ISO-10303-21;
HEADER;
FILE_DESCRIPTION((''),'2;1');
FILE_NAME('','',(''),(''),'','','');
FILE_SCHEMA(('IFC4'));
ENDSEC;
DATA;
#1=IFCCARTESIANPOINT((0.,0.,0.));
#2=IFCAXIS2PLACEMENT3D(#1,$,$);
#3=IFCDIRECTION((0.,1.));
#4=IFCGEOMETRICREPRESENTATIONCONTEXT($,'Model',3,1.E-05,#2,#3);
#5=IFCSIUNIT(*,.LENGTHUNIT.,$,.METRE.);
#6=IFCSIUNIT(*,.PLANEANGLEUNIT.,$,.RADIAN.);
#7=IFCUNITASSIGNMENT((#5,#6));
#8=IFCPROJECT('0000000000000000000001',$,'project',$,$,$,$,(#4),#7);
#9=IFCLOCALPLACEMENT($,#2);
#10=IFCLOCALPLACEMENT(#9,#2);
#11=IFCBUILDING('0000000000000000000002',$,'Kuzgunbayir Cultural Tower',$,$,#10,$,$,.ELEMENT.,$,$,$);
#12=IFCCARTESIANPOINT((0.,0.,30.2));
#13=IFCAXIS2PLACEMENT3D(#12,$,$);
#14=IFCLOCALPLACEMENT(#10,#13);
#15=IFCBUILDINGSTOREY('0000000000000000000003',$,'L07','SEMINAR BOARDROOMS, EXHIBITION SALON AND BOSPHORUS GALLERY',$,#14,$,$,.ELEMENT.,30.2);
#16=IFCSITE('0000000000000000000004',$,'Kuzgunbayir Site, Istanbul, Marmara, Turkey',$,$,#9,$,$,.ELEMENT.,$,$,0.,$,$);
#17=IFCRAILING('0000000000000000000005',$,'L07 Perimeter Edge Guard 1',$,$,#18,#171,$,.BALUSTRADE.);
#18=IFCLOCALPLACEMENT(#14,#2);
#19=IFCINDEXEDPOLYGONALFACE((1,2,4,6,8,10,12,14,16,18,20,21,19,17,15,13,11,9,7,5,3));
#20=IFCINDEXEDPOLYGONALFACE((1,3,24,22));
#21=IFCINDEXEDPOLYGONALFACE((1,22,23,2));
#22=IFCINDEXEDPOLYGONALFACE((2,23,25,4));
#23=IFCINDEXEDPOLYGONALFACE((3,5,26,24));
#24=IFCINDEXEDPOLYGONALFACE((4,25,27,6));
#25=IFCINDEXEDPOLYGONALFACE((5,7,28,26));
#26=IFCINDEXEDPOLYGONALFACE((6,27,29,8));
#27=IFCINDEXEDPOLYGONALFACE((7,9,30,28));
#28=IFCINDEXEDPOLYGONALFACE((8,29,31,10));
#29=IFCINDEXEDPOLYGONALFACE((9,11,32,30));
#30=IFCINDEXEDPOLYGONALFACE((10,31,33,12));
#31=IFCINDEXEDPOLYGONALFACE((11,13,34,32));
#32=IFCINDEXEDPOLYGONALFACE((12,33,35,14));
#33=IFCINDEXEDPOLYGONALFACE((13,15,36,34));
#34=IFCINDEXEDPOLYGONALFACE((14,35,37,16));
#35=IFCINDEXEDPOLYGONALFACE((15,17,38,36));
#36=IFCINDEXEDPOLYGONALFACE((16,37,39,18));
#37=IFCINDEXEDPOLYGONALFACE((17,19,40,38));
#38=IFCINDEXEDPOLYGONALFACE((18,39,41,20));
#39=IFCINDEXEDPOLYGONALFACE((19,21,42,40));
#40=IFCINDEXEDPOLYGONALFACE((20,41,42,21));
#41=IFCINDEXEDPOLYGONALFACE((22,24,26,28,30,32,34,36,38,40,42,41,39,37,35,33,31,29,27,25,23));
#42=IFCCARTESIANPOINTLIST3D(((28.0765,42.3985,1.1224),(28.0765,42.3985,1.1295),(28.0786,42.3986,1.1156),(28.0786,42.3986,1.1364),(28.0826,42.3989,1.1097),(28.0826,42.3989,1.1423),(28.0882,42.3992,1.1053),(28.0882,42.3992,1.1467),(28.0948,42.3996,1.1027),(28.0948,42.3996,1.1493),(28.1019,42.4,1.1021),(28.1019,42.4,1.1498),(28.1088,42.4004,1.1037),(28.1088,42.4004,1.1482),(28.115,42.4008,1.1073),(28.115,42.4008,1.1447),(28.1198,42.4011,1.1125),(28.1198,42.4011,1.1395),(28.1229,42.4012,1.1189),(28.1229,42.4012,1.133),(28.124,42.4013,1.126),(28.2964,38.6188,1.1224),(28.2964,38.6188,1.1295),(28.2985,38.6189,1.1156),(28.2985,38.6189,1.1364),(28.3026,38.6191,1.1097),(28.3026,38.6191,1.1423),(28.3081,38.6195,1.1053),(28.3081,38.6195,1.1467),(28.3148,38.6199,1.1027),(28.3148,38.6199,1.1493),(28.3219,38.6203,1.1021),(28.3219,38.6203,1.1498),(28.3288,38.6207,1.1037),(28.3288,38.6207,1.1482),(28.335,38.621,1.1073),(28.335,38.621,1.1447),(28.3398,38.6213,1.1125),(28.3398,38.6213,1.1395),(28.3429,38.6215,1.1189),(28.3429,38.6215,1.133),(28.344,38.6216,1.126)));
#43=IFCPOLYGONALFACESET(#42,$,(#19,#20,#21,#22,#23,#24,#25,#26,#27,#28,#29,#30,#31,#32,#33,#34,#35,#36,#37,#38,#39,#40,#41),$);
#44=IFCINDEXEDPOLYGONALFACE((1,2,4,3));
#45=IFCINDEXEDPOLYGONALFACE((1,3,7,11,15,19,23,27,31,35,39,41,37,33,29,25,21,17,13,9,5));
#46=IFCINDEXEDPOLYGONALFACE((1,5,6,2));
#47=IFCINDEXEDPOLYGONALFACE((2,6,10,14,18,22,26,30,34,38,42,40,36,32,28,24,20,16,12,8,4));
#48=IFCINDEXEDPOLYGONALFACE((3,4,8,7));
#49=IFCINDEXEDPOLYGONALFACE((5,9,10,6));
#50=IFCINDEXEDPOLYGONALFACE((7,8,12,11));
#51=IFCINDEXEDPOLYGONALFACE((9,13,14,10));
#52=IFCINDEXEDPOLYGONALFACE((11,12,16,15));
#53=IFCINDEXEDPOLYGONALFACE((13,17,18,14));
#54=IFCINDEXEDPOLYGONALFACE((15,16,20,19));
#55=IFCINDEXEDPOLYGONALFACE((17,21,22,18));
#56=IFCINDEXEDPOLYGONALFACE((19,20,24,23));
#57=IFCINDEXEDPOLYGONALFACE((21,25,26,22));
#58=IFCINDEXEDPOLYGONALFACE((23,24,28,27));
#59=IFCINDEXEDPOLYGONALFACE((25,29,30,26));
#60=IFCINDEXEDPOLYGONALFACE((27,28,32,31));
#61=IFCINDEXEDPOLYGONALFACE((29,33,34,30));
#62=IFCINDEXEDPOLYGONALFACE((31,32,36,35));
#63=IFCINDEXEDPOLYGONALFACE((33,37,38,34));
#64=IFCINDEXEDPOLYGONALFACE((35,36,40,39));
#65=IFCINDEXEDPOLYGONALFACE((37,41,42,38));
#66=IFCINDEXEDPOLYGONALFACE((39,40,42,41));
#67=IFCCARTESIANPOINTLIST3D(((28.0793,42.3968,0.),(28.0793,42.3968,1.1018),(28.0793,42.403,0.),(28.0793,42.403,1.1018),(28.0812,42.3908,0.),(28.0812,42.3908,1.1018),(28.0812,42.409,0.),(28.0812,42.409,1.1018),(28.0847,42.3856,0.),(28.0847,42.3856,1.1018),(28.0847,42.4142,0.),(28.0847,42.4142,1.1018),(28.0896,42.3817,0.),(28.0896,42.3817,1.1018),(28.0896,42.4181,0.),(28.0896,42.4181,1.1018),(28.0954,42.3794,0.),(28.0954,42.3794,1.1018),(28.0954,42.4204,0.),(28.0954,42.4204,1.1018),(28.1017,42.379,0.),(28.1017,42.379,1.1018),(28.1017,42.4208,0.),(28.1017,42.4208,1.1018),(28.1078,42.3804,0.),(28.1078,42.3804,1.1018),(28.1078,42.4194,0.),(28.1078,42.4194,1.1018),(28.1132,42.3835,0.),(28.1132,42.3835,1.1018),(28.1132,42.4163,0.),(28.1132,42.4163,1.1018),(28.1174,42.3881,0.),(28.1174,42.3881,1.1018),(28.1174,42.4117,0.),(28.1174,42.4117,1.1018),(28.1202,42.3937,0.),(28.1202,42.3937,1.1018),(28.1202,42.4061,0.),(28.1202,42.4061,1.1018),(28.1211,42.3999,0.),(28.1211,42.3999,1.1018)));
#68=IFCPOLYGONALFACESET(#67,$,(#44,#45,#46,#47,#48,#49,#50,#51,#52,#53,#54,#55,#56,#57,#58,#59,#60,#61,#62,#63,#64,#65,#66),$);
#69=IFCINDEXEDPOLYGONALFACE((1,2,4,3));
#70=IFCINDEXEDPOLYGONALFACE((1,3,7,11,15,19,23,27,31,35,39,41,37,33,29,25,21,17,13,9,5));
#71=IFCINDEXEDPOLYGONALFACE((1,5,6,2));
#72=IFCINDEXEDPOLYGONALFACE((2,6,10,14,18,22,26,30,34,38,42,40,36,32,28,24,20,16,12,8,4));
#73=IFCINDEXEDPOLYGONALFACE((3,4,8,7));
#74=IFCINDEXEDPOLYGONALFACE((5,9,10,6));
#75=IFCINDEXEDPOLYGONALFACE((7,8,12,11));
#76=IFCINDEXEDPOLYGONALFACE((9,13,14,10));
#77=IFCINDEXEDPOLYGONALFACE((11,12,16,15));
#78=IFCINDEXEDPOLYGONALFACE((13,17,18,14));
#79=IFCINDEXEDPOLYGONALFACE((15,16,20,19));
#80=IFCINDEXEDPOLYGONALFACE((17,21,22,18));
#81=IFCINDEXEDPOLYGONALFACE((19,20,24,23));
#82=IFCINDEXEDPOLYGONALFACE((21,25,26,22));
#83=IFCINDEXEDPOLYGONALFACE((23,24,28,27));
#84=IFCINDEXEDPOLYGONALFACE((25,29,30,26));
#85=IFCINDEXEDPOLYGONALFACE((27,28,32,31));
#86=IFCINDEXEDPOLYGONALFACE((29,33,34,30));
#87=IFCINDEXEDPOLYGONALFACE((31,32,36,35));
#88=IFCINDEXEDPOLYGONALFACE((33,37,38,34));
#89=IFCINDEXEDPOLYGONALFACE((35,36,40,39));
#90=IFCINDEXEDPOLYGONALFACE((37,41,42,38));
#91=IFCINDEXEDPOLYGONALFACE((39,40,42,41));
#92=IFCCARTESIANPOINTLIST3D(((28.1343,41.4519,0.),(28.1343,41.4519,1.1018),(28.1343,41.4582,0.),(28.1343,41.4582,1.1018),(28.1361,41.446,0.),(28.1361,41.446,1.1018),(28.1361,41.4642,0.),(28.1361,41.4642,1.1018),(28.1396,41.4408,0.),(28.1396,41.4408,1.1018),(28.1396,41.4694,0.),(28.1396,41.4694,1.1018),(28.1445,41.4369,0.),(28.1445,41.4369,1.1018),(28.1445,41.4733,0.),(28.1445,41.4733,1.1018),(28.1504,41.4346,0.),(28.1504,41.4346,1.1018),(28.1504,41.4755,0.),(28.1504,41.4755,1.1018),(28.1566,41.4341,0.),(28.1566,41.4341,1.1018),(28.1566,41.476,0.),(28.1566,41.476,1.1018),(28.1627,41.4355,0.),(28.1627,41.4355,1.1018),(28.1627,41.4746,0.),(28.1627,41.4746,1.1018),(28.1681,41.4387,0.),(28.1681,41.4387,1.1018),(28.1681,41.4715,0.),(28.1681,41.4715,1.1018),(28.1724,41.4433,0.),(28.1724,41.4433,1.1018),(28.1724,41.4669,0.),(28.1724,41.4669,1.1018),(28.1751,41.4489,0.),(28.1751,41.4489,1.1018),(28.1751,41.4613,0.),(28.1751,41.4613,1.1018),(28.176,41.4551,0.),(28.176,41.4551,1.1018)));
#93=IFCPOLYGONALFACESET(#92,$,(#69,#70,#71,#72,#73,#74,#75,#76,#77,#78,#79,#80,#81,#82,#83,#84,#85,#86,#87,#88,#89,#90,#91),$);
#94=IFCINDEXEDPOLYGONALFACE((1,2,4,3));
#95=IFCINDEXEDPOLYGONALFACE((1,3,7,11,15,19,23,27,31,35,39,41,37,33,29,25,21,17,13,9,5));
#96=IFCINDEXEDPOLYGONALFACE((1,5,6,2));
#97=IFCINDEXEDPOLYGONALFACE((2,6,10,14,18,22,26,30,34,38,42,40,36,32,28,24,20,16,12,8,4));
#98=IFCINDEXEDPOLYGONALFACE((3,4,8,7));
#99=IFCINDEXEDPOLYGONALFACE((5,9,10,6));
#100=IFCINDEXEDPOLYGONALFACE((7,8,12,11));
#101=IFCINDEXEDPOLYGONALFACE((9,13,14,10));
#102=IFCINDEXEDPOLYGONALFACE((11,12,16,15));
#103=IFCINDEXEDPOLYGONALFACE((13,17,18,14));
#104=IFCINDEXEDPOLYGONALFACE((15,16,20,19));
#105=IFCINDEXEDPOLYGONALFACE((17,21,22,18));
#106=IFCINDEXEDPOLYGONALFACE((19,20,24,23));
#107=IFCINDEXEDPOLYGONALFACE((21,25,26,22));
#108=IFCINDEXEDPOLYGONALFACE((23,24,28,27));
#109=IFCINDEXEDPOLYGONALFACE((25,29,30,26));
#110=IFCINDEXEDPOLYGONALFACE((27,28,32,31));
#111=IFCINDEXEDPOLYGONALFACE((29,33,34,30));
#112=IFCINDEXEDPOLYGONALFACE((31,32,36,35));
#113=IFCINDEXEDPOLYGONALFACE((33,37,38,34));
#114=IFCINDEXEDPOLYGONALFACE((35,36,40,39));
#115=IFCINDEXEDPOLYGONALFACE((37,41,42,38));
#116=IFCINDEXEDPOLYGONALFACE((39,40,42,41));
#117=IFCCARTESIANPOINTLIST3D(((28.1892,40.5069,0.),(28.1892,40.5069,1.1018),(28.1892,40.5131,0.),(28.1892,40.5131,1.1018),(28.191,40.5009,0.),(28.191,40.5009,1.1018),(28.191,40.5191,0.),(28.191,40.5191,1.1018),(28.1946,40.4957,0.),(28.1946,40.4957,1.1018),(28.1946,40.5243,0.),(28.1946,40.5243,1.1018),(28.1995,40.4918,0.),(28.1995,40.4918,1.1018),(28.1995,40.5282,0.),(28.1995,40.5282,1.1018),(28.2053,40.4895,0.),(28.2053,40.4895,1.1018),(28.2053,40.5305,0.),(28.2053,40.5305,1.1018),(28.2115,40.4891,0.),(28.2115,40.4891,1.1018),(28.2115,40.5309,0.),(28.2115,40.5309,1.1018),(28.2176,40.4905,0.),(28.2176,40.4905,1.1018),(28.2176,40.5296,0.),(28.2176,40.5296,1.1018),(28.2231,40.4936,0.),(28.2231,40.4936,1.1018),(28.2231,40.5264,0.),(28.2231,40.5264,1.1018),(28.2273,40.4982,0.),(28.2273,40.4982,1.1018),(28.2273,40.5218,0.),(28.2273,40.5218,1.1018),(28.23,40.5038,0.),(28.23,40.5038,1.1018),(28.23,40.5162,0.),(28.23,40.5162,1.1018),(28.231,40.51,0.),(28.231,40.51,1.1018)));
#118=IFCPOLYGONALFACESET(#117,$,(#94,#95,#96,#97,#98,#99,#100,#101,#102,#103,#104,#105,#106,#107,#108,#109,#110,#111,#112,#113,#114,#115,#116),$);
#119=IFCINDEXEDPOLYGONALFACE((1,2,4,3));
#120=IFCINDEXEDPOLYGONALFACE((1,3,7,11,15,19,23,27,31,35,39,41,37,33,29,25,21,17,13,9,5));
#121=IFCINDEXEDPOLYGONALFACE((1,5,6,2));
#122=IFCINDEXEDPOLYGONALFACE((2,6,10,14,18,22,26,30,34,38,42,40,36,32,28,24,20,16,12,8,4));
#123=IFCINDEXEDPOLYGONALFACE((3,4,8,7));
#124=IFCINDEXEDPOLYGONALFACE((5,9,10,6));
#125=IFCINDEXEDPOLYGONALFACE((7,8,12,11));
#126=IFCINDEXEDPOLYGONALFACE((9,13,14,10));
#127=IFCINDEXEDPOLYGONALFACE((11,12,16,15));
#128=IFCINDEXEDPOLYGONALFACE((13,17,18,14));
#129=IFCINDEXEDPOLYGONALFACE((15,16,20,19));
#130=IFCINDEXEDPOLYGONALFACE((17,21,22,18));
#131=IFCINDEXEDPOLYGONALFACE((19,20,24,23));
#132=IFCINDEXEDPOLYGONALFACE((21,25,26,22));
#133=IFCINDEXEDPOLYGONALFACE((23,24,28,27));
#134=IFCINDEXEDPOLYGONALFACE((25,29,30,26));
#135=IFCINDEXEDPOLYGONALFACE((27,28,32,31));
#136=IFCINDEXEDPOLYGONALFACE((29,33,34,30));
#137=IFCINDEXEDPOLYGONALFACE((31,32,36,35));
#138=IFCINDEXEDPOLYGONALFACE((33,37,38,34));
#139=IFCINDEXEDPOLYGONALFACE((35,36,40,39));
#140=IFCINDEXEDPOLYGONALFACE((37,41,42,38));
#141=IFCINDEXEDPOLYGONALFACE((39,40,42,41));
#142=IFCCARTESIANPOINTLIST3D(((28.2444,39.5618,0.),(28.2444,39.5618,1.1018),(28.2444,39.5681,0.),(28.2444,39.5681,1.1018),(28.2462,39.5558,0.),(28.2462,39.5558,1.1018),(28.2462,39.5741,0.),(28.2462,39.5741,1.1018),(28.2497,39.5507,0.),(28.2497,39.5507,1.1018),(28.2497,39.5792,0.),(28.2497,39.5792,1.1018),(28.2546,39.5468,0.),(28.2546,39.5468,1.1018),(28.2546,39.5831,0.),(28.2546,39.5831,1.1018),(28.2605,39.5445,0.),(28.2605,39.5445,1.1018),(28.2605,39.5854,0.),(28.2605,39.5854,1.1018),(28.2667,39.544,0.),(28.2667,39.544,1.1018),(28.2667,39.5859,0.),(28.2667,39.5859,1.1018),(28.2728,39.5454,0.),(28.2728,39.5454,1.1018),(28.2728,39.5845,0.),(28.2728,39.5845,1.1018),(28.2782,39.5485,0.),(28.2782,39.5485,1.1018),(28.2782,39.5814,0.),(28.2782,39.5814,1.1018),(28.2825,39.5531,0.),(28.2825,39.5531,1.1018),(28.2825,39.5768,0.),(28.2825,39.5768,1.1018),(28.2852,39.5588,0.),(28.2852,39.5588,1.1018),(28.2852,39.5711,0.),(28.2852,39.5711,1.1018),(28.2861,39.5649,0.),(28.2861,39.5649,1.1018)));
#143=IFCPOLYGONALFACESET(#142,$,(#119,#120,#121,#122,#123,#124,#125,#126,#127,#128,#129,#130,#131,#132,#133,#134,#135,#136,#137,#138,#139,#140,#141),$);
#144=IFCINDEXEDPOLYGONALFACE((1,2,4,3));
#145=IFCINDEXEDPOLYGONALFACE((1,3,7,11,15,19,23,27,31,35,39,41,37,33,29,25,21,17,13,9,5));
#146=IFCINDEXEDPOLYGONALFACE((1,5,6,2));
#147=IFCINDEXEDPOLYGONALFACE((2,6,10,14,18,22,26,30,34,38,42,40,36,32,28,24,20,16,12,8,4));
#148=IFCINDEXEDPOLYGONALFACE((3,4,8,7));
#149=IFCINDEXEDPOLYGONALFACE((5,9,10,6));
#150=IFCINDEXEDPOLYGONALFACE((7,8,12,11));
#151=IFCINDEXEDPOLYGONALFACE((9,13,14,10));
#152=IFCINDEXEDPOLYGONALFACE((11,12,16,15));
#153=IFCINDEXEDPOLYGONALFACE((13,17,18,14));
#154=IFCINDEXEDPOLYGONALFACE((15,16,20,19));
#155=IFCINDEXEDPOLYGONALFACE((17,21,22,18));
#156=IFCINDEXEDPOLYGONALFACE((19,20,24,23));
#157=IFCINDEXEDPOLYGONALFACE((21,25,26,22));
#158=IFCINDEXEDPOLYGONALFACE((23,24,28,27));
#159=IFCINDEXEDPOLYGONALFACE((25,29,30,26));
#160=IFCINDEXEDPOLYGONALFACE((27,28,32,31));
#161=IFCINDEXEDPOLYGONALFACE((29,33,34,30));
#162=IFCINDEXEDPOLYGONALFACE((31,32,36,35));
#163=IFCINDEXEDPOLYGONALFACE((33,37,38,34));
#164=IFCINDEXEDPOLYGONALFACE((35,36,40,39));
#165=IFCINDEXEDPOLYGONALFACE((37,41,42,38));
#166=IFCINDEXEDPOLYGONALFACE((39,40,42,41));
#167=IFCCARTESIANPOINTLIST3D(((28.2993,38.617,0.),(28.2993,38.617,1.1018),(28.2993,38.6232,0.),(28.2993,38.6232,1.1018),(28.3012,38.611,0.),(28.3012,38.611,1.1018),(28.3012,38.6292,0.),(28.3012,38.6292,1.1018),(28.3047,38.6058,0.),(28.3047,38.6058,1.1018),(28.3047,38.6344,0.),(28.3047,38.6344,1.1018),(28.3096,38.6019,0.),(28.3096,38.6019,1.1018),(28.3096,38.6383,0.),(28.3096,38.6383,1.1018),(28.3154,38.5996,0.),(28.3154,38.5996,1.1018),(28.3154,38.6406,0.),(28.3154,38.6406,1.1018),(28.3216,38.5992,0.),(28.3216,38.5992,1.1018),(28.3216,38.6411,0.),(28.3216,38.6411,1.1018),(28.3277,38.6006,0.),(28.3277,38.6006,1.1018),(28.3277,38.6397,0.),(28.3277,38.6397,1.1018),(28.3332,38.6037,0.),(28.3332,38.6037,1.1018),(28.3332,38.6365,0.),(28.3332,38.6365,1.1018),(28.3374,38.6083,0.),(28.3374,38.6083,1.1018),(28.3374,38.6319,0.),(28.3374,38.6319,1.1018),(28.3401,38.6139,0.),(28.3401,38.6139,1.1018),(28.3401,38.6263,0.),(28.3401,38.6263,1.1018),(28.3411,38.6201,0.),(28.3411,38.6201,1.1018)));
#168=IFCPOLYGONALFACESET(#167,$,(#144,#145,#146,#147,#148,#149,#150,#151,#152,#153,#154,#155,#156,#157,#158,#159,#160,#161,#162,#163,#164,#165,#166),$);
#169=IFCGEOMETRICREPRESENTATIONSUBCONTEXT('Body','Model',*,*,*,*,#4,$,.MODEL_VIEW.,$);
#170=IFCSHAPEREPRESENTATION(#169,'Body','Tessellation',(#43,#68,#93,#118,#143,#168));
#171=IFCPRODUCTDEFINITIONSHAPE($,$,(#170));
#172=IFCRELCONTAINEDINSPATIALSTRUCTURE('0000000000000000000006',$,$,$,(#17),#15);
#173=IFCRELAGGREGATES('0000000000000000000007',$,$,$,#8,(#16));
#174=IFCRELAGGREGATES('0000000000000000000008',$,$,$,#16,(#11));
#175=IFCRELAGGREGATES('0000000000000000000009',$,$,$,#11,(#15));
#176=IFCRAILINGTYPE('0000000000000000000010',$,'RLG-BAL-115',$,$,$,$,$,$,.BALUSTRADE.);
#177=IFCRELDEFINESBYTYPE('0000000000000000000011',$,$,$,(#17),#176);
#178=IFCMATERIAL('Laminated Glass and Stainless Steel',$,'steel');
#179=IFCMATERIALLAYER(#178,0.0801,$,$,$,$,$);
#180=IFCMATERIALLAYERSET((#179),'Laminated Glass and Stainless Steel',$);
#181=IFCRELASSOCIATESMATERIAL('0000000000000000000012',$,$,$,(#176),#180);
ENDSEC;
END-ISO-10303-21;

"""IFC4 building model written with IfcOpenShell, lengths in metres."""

from ifc_helpers import new_model, si_unit, direction, frame, origin, origin_2d, place, context, subcontext, project, spatial, circle, extrude, material, layer, layer_set, type_object, element, save


model = new_model("IFC4")

# Units and contexts
model_context = context("Model", 3, precision=1e-05, world=origin(), true_north=direction((0.0, 1.0)))
body_context = subcontext(model_context, "Body", "Model", "MODEL_VIEW")
ifc_project = project(units=[si_unit("LENGTHUNIT", "METRE"), si_unit("PLANEANGLEUNIT", "RADIAN")], contexts=[model_context])

# Site, building, storey
site_placement = place(None, origin())
site = spatial("IfcSite", under=ifc_project, at=site_placement, Name="Kuzgunbayir Site, Istanbul, Marmara, Turkey", CompositionType="ELEMENT", RefElevation=0.0)
building_placement = place(site_placement, origin())
building = spatial("IfcBuilding", under=site, at=building_placement, Name="Kuzgunbayir Cultural Tower", CompositionType="ELEMENT")
storey_placement = place(building_placement, frame((0.0, 0.0, 30.2)))
storey = spatial("IfcBuildingStorey", under=building, at=storey_placement, Name="L07", Description="SEMINAR BOARDROOMS, EXHIBITION SALON AND BOSPHORUS GALLERY", CompositionType="ELEMENT", Elevation=30.2)

# Railing
ifc_material_1 = material(Name="Laminated Glass and Stainless Steel", Category="steel")
ifc_layer_1 = layer(ifc_material_1, 0.0801)
ifc_layer_set_1 = layer_set([ifc_layer_1], Name="Laminated Glass and Stainless Steel")
railing_type = type_object("IfcRailingType", Name="RLG-BAL-115", PredefinedType="BALUSTRADE", material=ifc_layer_set_1)
railing_1_placement = place(storey_placement, frame((28.1001, 42.3999, 0.0)))
element("IfcRailing", 1, at=railing_1_placement, inside=storey, type_object=railing_type, Name="L07 Perimeter Edge Guard 1", PredefinedType="BALUSTRADE", context=body_context, shape_type="SweptSolid", body=[
    extrude(circle(Radius=0.0239, at=origin_2d()), frame((0.0, 0.0, 1.126), z_axis=(0.058098, -0.998311, 0.0), x_axis=(0.998311, 0.058098, 0.0)), (0.0, 0.0, 1.0), 3.7861),
    extrude(circle(Radius=0.021, at=origin_2d()), origin(), (0.0, 0.0, 1.0), 1.1018),
    extrude(circle(Radius=0.021, at=origin_2d()), frame((0.0549, -0.9448, 0.0)), (0.0, 0.0, 1.0), 1.1018),
    extrude(circle(Radius=0.021, at=origin_2d()), frame((0.1099, -1.8899, 0.0)), (0.0, 0.0, 1.0), 1.1018),
    extrude(circle(Radius=0.021, at=origin_2d()), frame((0.165, -2.835, 0.0)), (0.0, 0.0, 1.0), 1.1018),
    extrude(circle(Radius=0.021, at=origin_2d()), frame((0.22, -3.7798, 0.0)), (0.0, 0.0, 1.0), 1.1018),
])

save(model, "model.ifc")
